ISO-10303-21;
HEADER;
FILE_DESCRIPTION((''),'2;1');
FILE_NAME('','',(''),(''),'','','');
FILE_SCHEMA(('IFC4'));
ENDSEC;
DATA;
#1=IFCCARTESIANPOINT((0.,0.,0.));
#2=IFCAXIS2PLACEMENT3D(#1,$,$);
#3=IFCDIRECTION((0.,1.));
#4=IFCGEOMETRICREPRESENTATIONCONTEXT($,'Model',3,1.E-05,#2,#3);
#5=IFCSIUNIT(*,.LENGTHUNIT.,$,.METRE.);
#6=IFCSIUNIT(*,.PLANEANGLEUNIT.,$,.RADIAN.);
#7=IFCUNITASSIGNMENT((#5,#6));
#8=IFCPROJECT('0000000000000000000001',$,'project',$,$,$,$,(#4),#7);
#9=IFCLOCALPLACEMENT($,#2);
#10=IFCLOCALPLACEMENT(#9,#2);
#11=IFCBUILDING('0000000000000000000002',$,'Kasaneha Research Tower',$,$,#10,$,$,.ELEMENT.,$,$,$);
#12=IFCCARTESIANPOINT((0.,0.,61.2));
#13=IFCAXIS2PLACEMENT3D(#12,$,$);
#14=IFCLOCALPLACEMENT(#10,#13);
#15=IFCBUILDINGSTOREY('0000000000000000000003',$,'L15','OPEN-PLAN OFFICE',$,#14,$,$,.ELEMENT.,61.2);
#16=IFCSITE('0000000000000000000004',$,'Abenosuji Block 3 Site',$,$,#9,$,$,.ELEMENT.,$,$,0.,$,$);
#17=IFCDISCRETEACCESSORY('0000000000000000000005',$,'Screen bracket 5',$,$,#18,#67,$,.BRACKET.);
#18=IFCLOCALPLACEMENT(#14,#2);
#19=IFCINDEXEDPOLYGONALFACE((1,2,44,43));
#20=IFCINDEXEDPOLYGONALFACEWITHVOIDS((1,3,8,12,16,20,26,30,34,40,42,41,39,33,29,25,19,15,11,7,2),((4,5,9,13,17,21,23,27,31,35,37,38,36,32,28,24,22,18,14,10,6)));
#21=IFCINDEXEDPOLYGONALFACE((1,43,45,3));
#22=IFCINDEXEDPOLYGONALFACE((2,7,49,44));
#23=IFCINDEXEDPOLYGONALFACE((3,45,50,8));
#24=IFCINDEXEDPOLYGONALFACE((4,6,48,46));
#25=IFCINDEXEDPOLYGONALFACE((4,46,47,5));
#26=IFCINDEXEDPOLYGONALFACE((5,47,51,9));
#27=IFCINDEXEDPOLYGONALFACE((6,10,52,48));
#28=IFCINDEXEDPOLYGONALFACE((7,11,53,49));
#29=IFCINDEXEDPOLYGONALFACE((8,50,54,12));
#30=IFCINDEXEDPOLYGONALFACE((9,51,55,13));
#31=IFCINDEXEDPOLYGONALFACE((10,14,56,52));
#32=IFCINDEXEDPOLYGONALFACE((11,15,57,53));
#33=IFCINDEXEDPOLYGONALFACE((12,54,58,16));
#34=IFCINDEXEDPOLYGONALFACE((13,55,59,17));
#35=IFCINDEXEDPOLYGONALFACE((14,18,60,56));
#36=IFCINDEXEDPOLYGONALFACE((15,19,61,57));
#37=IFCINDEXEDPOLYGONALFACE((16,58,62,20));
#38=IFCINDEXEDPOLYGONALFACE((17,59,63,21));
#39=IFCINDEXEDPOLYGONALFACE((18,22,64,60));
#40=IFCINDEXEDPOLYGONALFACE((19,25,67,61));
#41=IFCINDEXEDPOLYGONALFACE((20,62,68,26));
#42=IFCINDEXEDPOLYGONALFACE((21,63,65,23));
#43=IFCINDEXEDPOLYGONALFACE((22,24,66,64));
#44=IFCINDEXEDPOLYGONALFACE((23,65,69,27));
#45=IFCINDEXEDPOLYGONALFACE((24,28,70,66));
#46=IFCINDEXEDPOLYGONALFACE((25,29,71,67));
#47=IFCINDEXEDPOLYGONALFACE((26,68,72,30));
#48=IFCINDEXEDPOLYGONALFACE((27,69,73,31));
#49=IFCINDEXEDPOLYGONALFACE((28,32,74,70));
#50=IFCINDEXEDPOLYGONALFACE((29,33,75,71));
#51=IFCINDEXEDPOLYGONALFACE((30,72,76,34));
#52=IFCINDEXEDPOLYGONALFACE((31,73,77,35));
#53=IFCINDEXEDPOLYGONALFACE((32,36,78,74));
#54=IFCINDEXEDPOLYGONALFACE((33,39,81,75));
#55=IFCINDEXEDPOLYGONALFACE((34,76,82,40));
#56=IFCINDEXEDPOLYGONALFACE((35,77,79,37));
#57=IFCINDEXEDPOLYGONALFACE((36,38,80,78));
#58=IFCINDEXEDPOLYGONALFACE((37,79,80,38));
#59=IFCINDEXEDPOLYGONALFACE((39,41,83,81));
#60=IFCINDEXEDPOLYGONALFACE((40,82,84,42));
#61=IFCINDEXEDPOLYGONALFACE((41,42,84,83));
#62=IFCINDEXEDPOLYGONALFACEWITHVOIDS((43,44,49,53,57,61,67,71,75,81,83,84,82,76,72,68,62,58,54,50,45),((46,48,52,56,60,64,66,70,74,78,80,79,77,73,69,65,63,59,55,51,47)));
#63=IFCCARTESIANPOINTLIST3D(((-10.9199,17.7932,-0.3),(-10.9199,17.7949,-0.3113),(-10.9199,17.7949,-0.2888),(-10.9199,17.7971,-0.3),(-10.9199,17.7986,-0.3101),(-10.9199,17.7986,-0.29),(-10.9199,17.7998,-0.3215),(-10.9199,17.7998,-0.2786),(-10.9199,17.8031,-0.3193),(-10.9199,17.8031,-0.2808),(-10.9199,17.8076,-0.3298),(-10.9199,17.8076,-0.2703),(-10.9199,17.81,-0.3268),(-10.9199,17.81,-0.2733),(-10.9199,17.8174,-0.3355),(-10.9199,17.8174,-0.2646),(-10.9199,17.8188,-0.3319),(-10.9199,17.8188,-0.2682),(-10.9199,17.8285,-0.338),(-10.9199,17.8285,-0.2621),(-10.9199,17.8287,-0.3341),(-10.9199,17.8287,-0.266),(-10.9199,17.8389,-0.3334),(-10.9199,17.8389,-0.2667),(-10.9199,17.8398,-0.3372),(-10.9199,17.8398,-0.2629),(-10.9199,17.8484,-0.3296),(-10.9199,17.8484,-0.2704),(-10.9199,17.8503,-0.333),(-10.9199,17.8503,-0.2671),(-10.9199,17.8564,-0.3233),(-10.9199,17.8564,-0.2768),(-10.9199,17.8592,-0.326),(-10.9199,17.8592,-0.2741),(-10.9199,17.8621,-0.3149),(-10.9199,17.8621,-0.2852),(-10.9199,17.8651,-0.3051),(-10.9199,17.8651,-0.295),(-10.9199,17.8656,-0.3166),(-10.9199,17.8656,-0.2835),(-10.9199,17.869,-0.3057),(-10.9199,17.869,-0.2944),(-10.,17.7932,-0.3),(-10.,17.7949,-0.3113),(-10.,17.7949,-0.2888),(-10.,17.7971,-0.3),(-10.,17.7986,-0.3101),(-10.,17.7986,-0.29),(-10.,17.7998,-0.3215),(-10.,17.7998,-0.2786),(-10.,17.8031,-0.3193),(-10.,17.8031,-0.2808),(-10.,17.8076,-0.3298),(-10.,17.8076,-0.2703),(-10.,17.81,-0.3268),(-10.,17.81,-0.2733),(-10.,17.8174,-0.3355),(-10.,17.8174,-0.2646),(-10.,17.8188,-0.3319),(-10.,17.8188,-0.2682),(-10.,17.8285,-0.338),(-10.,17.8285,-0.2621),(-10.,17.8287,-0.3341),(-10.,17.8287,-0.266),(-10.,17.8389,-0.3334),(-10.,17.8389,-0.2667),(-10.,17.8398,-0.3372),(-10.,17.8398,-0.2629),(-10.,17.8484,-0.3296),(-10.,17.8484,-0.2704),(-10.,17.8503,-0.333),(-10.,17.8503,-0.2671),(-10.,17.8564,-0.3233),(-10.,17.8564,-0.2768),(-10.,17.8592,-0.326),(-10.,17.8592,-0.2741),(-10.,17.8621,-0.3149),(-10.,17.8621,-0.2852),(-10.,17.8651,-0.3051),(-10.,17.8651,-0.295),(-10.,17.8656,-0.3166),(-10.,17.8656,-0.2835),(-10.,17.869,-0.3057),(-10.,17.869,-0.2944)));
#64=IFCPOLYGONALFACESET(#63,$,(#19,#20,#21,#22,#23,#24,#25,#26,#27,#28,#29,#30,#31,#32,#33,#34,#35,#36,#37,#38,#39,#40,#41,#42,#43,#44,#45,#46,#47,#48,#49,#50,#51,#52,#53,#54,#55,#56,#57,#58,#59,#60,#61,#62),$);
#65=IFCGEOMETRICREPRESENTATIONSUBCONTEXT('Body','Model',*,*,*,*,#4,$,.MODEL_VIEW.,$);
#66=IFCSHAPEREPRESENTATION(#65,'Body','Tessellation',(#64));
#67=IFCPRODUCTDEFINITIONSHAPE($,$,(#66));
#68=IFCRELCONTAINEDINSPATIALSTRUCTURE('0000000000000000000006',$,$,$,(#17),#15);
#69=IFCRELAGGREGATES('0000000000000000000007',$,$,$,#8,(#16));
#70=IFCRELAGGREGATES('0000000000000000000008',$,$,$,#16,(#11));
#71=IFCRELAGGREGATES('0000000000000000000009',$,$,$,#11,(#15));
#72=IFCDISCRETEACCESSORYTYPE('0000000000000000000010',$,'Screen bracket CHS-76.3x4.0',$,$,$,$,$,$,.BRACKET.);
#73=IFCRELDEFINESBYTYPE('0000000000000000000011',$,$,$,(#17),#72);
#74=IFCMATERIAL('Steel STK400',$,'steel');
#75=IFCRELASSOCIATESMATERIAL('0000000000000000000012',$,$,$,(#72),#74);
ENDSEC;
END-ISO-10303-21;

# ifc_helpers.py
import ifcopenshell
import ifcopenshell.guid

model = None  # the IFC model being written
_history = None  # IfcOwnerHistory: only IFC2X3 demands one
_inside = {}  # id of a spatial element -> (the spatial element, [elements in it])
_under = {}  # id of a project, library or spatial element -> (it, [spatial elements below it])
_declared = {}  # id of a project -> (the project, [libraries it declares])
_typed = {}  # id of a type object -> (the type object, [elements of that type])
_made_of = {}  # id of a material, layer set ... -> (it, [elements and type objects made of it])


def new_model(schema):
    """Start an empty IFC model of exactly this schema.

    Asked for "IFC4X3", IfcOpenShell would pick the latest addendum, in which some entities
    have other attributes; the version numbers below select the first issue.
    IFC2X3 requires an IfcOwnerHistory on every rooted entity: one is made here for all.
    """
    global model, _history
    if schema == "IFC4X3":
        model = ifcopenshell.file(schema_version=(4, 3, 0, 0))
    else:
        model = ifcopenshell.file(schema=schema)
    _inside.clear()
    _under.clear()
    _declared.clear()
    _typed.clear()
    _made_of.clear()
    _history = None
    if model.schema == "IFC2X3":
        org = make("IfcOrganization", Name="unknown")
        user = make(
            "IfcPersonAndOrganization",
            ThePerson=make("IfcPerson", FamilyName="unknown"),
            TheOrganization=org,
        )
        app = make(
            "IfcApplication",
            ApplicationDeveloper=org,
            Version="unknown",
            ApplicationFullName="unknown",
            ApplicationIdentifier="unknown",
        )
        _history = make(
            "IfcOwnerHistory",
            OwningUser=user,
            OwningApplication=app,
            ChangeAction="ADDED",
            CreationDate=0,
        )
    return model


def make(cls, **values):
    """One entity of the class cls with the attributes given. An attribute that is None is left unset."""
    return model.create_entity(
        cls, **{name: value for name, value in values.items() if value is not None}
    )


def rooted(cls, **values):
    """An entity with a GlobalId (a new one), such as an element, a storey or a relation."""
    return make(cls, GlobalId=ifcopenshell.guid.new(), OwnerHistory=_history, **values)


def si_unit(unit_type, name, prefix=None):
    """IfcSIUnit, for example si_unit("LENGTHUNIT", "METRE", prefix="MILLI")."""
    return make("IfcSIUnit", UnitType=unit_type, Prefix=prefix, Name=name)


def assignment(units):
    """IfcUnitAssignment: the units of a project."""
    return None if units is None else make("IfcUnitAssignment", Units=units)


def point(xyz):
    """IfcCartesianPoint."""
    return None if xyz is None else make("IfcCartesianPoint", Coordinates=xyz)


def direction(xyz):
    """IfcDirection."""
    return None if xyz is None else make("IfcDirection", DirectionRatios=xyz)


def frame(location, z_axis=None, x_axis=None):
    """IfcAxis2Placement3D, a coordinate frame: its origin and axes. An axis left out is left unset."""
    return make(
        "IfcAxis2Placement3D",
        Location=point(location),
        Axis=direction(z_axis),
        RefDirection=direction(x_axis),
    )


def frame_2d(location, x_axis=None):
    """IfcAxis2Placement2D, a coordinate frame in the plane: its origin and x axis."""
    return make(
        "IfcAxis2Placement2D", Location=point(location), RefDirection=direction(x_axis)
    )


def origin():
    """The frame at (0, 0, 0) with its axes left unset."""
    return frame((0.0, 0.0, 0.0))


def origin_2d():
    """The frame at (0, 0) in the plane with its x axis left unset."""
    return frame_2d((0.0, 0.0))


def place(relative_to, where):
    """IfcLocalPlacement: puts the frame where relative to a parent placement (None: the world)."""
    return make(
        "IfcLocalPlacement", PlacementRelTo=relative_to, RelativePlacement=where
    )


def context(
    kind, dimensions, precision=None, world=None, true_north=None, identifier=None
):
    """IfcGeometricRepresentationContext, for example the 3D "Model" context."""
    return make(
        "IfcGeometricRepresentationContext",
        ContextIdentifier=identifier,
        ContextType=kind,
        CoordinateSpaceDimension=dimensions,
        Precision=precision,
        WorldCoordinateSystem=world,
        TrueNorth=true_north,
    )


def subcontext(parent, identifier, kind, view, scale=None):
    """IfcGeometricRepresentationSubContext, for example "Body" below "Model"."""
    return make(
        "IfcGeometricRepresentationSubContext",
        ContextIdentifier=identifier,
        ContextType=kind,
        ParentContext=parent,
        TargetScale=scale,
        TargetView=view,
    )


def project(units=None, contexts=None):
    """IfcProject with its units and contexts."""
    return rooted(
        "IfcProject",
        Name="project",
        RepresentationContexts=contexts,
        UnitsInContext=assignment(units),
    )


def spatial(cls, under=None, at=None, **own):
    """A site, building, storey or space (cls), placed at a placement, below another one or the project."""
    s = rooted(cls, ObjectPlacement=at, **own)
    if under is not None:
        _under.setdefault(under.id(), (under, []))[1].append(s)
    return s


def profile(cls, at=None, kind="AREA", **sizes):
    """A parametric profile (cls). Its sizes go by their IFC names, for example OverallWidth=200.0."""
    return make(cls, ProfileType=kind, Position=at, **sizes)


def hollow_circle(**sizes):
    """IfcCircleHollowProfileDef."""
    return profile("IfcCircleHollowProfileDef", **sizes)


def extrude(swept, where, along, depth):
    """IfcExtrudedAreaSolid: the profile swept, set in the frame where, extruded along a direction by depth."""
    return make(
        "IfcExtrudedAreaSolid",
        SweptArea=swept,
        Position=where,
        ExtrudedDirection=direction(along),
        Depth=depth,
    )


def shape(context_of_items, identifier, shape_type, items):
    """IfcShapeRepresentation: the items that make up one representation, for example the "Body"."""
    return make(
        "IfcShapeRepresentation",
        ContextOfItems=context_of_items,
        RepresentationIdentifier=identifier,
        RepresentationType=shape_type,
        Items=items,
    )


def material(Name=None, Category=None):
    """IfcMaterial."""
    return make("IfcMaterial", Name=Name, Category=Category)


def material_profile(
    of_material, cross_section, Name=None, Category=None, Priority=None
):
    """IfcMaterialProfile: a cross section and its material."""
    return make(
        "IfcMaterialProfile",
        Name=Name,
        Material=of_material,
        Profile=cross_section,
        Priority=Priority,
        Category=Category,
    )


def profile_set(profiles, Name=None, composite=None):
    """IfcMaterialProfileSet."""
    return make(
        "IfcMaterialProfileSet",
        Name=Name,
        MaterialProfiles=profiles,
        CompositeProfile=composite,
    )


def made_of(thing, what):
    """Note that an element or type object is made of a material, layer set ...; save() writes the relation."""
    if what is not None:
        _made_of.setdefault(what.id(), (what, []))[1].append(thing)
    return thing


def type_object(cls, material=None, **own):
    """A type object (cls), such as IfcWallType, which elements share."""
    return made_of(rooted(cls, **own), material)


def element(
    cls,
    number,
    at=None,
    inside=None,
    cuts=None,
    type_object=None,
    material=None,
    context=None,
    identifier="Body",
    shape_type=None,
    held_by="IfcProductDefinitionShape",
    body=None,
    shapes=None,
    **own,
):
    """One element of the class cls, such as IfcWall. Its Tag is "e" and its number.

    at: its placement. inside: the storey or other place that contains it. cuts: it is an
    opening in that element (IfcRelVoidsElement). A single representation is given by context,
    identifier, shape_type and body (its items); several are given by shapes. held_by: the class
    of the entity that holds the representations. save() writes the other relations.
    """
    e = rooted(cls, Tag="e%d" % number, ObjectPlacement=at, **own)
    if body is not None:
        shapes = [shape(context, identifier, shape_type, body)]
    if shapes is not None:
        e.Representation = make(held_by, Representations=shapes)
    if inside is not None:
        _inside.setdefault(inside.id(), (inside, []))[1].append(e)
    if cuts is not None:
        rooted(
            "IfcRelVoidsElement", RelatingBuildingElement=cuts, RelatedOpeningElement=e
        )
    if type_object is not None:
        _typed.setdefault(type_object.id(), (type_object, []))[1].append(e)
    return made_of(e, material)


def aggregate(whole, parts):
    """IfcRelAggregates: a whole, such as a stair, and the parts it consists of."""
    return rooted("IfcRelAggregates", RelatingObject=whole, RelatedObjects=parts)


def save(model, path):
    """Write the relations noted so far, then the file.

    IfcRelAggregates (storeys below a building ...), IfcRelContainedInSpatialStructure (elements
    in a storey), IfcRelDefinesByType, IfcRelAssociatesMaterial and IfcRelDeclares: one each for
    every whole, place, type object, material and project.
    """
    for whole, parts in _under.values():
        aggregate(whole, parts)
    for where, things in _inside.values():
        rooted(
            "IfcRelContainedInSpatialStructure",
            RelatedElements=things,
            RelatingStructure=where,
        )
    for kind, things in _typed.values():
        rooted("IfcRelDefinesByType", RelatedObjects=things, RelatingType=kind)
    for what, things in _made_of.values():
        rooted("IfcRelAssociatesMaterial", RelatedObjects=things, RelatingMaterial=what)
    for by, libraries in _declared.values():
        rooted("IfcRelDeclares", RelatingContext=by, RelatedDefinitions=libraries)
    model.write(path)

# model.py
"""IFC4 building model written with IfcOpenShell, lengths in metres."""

from ifc_helpers import new_model, si_unit, direction, frame, origin, origin_2d, place, context, subcontext, project, spatial, hollow_circle, extrude, material, material_profile, profile_set, type_object, element, save


model = new_model("IFC4")

# Units and contexts
model_context = context("Model", 3, precision=1e-05, world=origin(), true_north=direction((0.0, 1.0)))
body_context = subcontext(model_context, "Body", "Model", "MODEL_VIEW")
ifc_project = project(units=[si_unit("LENGTHUNIT", "METRE"), si_unit("PLANEANGLEUNIT", "RADIAN")], contexts=[model_context])

# Site, building, storey
site_placement = place(None, origin())
site = spatial("IfcSite", under=ifc_project, at=site_placement, Name="Abenosuji Block 3 Site", CompositionType="ELEMENT", RefElevation=0.0)
building_placement = place(site_placement, origin())
building = spatial("IfcBuilding", under=site, at=building_placement, Name="Kasaneha Research Tower", CompositionType="ELEMENT")
storey_placement = place(building_placement, frame((0.0, 0.0, 61.2)))
storey = spatial("IfcBuildingStorey", under=building, at=storey_placement, Name="L15", Description="OPEN-PLAN OFFICE", CompositionType="ELEMENT", Elevation=61.2)

# Discrete accessory
ifc_material_1 = material(Name="Steel STK400", Category="steel")
ifc_material_profile_1 = material_profile(ifc_material_1, hollow_circle(Radius=0.0381, WallThickness=0.0039, at=origin_2d()), Name="CHS-76.3x4.0")
ifc_profile_set_1 = profile_set([ifc_material_profile_1], Name="Steel STK400")
discrete_accessory_type = type_object("IfcDiscreteAccessoryType", Name="Screen bracket CHS-76.3x4.0", PredefinedType="BRACKET", material=ifc_profile_set_1)
for number, where, z_axis, x_axis, name in (
    (1, (-10.0, 17.8313, -0.3), (-1.0, 0.0, 0.0), (0.0, -1.0, 0.0), "Screen bracket 5"),
):
    element("IfcDiscreteAccessory", number, at=place(storey_placement, frame(where, z_axis=z_axis, x_axis=x_axis)), inside=storey, type_object=discrete_accessory_type, Name=name, PredefinedType="BRACKET", context=body_context, shape_type="SweptSolid", body=[
        extrude(hollow_circle(Radius=0.0381, WallThickness=0.0039, at=origin_2d()), origin(), (0.0, 0.0, 1.0), 0.9199),
    ])

save(model, "model.ifc")
